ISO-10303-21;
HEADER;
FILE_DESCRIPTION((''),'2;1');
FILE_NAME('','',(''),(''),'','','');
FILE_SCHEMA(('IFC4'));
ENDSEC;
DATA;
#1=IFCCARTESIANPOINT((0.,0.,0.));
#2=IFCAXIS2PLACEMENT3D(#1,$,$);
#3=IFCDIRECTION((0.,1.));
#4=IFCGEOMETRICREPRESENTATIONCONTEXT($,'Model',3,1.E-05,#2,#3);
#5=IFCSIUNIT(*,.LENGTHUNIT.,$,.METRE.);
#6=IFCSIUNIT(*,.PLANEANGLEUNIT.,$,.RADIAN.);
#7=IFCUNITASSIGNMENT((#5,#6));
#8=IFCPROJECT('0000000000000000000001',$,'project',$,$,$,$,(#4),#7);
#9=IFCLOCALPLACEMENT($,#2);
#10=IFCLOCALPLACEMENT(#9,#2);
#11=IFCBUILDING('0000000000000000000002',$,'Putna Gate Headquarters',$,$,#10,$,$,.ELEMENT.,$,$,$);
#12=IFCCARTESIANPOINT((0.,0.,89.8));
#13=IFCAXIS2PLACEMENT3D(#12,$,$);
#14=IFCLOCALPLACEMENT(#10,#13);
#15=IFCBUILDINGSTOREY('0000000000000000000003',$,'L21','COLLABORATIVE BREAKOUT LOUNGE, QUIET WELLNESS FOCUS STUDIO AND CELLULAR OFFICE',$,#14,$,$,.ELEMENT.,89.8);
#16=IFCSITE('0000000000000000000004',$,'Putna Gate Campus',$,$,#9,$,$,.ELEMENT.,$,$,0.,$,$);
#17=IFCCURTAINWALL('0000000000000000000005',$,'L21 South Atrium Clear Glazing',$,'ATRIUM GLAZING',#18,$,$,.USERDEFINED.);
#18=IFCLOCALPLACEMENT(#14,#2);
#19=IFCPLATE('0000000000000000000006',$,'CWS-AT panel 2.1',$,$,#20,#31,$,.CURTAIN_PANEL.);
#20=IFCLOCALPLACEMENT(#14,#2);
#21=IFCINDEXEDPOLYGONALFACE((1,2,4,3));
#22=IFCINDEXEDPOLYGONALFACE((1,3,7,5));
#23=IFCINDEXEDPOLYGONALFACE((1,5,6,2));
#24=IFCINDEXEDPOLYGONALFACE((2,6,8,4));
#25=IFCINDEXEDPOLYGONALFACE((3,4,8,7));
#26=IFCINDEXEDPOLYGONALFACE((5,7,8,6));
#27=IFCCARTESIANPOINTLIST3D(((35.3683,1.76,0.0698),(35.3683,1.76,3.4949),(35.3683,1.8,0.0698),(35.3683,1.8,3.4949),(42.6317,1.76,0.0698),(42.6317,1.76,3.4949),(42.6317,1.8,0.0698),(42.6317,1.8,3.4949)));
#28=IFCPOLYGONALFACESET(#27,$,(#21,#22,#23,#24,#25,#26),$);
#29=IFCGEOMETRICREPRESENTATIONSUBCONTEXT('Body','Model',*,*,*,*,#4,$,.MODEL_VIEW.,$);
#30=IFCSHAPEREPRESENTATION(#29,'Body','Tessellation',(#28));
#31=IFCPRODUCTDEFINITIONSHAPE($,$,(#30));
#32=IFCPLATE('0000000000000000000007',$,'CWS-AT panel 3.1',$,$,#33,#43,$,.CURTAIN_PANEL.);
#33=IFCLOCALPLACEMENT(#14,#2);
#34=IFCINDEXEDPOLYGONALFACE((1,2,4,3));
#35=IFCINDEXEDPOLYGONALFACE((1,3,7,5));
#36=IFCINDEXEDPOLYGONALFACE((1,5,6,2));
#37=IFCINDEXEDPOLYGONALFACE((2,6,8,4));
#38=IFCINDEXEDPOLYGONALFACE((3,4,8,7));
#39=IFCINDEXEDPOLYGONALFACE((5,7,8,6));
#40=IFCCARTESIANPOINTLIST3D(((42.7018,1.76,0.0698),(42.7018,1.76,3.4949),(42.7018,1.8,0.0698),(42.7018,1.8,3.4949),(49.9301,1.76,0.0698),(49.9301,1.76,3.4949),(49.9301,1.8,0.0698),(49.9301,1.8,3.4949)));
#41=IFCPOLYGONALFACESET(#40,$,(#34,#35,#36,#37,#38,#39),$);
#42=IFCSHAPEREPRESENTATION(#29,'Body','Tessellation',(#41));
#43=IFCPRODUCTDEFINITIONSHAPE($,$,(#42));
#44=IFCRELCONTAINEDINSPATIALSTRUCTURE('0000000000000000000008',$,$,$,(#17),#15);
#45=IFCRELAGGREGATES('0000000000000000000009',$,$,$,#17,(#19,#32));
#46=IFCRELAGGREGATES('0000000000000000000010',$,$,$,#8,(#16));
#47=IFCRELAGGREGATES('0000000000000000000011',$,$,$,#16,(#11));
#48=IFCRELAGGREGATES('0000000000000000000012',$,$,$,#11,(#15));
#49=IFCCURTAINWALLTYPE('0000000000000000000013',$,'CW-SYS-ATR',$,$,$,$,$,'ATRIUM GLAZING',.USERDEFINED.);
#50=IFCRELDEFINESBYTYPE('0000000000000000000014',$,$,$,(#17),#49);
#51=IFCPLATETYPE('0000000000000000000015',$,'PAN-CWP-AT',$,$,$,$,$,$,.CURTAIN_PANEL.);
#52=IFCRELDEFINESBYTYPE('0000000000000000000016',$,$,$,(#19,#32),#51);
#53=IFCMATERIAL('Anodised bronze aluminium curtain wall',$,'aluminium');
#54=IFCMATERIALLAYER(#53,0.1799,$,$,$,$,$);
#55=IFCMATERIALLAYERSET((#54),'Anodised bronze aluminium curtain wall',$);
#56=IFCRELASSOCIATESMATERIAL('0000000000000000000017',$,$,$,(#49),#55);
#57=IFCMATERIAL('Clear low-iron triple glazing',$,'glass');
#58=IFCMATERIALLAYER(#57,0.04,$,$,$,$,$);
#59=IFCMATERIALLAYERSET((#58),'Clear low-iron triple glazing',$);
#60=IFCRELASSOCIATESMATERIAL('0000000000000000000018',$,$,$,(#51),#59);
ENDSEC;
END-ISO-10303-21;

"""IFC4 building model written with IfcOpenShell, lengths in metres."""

from ifc_helpers import new_model, si_unit, direction, frame, origin, origin_2d, place, context, subcontext, project, spatial, rectangle, extrude, material, layer, layer_set, type_object, element, aggregate, save


model = new_model("IFC4")

# Units and contexts
model_context = context("Model", 3, precision=1e-05, world=origin(), true_north=direction((0.0, 1.0)))
body_context = subcontext(model_context, "Body", "Model", "MODEL_VIEW")
ifc_project = project(units=[si_unit("LENGTHUNIT", "METRE"), si_unit("PLANEANGLEUNIT", "RADIAN")], contexts=[model_context])

# Site, building, storey
site_placement = place(None, origin())
site = spatial("IfcSite", under=ifc_project, at=site_placement, Name="Putna Gate Campus", CompositionType="ELEMENT", RefElevation=0.0)
building_placement = place(site_placement, origin())
building = spatial("IfcBuilding", under=site, at=building_placement, Name="Putna Gate Headquarters", CompositionType="ELEMENT")
storey_placement = place(building_placement, frame((0.0, 0.0, 89.8)))
storey = spatial("IfcBuildingStorey", under=building, at=storey_placement, Name="L21", Description="COLLABORATIVE BREAKOUT LOUNGE, QUIET WELLNESS FOCUS STUDIO AND CELLULAR OFFICE", CompositionType="ELEMENT", Elevation=89.8)

# Curtain wall, plates
ifc_material_1 = material(Name="Anodised bronze aluminium curtain wall", Category="aluminium")
ifc_layer_1 = layer(ifc_material_1, 0.1799)
ifc_layer_set_1 = layer_set([ifc_layer_1], Name="Anodised bronze aluminium curtain wall")
curtain_wall_type = type_object("IfcCurtainWallType", Name="CW-SYS-ATR", ElementType="ATRIUM GLAZING", PredefinedType="USERDEFINED", material=ifc_layer_set_1)
curtain_wall_placement = place(storey_placement, origin())
curtain_wall = element("IfcCurtainWall", 1, at=curtain_wall_placement, inside=storey, type_object=curtain_wall_type, Name="L21 South Atrium Clear Glazing", ObjectType="ATRIUM GLAZING", PredefinedType="USERDEFINED")
ifc_material_2 = material(Name="Clear low-iron triple glazing", Category="glass")
ifc_layer_2 = layer(ifc_material_2, 0.04)
ifc_layer_set_2 = layer_set([ifc_layer_2], Name="Clear low-iron triple glazing")
plate_type = type_object("IfcPlateType", Name="PAN-CWP-AT", PredefinedType="CURTAIN_PANEL", material=ifc_layer_set_2)
plate_1_placement = place(storey_placement, frame((39.0, 1.78, 0.0698), z_axis=(0.0, 0.0, 1.0), x_axis=(1.0, 0.0, 0.0)))
plate_1 = element("IfcPlate", 2, at=plate_1_placement, type_object=plate_type, Name="CWS-AT panel 2.1", PredefinedType="CURTAIN_PANEL", context=body_context, shape_type="SweptSolid", body=[
    extrude(rectangle(XDim=7.2634, YDim=0.04, at=origin_2d()), origin(), (0.0, 0.0, 1.0), 3.425),
])
plate_2_placement = place(storey_placement, frame((46.3159, 1.78, 0.0698), z_axis=(0.0, 0.0, 1.0), x_axis=(1.0, 0.0, 0.0)))
plate_2 = element("IfcPlate", 3, at=plate_2_placement, type_object=plate_type, Name="CWS-AT panel 3.1", PredefinedType="CURTAIN_PANEL", context=body_context, shape_type="SweptSolid", body=[
    extrude(rectangle(XDim=7.2283, YDim=0.04, at=origin_2d()), origin(), (0.0, 0.0, 1.0), 3.425),
])
aggregate(curtain_wall, [plate_1, plate_2])

save(model, "model.ifc")
